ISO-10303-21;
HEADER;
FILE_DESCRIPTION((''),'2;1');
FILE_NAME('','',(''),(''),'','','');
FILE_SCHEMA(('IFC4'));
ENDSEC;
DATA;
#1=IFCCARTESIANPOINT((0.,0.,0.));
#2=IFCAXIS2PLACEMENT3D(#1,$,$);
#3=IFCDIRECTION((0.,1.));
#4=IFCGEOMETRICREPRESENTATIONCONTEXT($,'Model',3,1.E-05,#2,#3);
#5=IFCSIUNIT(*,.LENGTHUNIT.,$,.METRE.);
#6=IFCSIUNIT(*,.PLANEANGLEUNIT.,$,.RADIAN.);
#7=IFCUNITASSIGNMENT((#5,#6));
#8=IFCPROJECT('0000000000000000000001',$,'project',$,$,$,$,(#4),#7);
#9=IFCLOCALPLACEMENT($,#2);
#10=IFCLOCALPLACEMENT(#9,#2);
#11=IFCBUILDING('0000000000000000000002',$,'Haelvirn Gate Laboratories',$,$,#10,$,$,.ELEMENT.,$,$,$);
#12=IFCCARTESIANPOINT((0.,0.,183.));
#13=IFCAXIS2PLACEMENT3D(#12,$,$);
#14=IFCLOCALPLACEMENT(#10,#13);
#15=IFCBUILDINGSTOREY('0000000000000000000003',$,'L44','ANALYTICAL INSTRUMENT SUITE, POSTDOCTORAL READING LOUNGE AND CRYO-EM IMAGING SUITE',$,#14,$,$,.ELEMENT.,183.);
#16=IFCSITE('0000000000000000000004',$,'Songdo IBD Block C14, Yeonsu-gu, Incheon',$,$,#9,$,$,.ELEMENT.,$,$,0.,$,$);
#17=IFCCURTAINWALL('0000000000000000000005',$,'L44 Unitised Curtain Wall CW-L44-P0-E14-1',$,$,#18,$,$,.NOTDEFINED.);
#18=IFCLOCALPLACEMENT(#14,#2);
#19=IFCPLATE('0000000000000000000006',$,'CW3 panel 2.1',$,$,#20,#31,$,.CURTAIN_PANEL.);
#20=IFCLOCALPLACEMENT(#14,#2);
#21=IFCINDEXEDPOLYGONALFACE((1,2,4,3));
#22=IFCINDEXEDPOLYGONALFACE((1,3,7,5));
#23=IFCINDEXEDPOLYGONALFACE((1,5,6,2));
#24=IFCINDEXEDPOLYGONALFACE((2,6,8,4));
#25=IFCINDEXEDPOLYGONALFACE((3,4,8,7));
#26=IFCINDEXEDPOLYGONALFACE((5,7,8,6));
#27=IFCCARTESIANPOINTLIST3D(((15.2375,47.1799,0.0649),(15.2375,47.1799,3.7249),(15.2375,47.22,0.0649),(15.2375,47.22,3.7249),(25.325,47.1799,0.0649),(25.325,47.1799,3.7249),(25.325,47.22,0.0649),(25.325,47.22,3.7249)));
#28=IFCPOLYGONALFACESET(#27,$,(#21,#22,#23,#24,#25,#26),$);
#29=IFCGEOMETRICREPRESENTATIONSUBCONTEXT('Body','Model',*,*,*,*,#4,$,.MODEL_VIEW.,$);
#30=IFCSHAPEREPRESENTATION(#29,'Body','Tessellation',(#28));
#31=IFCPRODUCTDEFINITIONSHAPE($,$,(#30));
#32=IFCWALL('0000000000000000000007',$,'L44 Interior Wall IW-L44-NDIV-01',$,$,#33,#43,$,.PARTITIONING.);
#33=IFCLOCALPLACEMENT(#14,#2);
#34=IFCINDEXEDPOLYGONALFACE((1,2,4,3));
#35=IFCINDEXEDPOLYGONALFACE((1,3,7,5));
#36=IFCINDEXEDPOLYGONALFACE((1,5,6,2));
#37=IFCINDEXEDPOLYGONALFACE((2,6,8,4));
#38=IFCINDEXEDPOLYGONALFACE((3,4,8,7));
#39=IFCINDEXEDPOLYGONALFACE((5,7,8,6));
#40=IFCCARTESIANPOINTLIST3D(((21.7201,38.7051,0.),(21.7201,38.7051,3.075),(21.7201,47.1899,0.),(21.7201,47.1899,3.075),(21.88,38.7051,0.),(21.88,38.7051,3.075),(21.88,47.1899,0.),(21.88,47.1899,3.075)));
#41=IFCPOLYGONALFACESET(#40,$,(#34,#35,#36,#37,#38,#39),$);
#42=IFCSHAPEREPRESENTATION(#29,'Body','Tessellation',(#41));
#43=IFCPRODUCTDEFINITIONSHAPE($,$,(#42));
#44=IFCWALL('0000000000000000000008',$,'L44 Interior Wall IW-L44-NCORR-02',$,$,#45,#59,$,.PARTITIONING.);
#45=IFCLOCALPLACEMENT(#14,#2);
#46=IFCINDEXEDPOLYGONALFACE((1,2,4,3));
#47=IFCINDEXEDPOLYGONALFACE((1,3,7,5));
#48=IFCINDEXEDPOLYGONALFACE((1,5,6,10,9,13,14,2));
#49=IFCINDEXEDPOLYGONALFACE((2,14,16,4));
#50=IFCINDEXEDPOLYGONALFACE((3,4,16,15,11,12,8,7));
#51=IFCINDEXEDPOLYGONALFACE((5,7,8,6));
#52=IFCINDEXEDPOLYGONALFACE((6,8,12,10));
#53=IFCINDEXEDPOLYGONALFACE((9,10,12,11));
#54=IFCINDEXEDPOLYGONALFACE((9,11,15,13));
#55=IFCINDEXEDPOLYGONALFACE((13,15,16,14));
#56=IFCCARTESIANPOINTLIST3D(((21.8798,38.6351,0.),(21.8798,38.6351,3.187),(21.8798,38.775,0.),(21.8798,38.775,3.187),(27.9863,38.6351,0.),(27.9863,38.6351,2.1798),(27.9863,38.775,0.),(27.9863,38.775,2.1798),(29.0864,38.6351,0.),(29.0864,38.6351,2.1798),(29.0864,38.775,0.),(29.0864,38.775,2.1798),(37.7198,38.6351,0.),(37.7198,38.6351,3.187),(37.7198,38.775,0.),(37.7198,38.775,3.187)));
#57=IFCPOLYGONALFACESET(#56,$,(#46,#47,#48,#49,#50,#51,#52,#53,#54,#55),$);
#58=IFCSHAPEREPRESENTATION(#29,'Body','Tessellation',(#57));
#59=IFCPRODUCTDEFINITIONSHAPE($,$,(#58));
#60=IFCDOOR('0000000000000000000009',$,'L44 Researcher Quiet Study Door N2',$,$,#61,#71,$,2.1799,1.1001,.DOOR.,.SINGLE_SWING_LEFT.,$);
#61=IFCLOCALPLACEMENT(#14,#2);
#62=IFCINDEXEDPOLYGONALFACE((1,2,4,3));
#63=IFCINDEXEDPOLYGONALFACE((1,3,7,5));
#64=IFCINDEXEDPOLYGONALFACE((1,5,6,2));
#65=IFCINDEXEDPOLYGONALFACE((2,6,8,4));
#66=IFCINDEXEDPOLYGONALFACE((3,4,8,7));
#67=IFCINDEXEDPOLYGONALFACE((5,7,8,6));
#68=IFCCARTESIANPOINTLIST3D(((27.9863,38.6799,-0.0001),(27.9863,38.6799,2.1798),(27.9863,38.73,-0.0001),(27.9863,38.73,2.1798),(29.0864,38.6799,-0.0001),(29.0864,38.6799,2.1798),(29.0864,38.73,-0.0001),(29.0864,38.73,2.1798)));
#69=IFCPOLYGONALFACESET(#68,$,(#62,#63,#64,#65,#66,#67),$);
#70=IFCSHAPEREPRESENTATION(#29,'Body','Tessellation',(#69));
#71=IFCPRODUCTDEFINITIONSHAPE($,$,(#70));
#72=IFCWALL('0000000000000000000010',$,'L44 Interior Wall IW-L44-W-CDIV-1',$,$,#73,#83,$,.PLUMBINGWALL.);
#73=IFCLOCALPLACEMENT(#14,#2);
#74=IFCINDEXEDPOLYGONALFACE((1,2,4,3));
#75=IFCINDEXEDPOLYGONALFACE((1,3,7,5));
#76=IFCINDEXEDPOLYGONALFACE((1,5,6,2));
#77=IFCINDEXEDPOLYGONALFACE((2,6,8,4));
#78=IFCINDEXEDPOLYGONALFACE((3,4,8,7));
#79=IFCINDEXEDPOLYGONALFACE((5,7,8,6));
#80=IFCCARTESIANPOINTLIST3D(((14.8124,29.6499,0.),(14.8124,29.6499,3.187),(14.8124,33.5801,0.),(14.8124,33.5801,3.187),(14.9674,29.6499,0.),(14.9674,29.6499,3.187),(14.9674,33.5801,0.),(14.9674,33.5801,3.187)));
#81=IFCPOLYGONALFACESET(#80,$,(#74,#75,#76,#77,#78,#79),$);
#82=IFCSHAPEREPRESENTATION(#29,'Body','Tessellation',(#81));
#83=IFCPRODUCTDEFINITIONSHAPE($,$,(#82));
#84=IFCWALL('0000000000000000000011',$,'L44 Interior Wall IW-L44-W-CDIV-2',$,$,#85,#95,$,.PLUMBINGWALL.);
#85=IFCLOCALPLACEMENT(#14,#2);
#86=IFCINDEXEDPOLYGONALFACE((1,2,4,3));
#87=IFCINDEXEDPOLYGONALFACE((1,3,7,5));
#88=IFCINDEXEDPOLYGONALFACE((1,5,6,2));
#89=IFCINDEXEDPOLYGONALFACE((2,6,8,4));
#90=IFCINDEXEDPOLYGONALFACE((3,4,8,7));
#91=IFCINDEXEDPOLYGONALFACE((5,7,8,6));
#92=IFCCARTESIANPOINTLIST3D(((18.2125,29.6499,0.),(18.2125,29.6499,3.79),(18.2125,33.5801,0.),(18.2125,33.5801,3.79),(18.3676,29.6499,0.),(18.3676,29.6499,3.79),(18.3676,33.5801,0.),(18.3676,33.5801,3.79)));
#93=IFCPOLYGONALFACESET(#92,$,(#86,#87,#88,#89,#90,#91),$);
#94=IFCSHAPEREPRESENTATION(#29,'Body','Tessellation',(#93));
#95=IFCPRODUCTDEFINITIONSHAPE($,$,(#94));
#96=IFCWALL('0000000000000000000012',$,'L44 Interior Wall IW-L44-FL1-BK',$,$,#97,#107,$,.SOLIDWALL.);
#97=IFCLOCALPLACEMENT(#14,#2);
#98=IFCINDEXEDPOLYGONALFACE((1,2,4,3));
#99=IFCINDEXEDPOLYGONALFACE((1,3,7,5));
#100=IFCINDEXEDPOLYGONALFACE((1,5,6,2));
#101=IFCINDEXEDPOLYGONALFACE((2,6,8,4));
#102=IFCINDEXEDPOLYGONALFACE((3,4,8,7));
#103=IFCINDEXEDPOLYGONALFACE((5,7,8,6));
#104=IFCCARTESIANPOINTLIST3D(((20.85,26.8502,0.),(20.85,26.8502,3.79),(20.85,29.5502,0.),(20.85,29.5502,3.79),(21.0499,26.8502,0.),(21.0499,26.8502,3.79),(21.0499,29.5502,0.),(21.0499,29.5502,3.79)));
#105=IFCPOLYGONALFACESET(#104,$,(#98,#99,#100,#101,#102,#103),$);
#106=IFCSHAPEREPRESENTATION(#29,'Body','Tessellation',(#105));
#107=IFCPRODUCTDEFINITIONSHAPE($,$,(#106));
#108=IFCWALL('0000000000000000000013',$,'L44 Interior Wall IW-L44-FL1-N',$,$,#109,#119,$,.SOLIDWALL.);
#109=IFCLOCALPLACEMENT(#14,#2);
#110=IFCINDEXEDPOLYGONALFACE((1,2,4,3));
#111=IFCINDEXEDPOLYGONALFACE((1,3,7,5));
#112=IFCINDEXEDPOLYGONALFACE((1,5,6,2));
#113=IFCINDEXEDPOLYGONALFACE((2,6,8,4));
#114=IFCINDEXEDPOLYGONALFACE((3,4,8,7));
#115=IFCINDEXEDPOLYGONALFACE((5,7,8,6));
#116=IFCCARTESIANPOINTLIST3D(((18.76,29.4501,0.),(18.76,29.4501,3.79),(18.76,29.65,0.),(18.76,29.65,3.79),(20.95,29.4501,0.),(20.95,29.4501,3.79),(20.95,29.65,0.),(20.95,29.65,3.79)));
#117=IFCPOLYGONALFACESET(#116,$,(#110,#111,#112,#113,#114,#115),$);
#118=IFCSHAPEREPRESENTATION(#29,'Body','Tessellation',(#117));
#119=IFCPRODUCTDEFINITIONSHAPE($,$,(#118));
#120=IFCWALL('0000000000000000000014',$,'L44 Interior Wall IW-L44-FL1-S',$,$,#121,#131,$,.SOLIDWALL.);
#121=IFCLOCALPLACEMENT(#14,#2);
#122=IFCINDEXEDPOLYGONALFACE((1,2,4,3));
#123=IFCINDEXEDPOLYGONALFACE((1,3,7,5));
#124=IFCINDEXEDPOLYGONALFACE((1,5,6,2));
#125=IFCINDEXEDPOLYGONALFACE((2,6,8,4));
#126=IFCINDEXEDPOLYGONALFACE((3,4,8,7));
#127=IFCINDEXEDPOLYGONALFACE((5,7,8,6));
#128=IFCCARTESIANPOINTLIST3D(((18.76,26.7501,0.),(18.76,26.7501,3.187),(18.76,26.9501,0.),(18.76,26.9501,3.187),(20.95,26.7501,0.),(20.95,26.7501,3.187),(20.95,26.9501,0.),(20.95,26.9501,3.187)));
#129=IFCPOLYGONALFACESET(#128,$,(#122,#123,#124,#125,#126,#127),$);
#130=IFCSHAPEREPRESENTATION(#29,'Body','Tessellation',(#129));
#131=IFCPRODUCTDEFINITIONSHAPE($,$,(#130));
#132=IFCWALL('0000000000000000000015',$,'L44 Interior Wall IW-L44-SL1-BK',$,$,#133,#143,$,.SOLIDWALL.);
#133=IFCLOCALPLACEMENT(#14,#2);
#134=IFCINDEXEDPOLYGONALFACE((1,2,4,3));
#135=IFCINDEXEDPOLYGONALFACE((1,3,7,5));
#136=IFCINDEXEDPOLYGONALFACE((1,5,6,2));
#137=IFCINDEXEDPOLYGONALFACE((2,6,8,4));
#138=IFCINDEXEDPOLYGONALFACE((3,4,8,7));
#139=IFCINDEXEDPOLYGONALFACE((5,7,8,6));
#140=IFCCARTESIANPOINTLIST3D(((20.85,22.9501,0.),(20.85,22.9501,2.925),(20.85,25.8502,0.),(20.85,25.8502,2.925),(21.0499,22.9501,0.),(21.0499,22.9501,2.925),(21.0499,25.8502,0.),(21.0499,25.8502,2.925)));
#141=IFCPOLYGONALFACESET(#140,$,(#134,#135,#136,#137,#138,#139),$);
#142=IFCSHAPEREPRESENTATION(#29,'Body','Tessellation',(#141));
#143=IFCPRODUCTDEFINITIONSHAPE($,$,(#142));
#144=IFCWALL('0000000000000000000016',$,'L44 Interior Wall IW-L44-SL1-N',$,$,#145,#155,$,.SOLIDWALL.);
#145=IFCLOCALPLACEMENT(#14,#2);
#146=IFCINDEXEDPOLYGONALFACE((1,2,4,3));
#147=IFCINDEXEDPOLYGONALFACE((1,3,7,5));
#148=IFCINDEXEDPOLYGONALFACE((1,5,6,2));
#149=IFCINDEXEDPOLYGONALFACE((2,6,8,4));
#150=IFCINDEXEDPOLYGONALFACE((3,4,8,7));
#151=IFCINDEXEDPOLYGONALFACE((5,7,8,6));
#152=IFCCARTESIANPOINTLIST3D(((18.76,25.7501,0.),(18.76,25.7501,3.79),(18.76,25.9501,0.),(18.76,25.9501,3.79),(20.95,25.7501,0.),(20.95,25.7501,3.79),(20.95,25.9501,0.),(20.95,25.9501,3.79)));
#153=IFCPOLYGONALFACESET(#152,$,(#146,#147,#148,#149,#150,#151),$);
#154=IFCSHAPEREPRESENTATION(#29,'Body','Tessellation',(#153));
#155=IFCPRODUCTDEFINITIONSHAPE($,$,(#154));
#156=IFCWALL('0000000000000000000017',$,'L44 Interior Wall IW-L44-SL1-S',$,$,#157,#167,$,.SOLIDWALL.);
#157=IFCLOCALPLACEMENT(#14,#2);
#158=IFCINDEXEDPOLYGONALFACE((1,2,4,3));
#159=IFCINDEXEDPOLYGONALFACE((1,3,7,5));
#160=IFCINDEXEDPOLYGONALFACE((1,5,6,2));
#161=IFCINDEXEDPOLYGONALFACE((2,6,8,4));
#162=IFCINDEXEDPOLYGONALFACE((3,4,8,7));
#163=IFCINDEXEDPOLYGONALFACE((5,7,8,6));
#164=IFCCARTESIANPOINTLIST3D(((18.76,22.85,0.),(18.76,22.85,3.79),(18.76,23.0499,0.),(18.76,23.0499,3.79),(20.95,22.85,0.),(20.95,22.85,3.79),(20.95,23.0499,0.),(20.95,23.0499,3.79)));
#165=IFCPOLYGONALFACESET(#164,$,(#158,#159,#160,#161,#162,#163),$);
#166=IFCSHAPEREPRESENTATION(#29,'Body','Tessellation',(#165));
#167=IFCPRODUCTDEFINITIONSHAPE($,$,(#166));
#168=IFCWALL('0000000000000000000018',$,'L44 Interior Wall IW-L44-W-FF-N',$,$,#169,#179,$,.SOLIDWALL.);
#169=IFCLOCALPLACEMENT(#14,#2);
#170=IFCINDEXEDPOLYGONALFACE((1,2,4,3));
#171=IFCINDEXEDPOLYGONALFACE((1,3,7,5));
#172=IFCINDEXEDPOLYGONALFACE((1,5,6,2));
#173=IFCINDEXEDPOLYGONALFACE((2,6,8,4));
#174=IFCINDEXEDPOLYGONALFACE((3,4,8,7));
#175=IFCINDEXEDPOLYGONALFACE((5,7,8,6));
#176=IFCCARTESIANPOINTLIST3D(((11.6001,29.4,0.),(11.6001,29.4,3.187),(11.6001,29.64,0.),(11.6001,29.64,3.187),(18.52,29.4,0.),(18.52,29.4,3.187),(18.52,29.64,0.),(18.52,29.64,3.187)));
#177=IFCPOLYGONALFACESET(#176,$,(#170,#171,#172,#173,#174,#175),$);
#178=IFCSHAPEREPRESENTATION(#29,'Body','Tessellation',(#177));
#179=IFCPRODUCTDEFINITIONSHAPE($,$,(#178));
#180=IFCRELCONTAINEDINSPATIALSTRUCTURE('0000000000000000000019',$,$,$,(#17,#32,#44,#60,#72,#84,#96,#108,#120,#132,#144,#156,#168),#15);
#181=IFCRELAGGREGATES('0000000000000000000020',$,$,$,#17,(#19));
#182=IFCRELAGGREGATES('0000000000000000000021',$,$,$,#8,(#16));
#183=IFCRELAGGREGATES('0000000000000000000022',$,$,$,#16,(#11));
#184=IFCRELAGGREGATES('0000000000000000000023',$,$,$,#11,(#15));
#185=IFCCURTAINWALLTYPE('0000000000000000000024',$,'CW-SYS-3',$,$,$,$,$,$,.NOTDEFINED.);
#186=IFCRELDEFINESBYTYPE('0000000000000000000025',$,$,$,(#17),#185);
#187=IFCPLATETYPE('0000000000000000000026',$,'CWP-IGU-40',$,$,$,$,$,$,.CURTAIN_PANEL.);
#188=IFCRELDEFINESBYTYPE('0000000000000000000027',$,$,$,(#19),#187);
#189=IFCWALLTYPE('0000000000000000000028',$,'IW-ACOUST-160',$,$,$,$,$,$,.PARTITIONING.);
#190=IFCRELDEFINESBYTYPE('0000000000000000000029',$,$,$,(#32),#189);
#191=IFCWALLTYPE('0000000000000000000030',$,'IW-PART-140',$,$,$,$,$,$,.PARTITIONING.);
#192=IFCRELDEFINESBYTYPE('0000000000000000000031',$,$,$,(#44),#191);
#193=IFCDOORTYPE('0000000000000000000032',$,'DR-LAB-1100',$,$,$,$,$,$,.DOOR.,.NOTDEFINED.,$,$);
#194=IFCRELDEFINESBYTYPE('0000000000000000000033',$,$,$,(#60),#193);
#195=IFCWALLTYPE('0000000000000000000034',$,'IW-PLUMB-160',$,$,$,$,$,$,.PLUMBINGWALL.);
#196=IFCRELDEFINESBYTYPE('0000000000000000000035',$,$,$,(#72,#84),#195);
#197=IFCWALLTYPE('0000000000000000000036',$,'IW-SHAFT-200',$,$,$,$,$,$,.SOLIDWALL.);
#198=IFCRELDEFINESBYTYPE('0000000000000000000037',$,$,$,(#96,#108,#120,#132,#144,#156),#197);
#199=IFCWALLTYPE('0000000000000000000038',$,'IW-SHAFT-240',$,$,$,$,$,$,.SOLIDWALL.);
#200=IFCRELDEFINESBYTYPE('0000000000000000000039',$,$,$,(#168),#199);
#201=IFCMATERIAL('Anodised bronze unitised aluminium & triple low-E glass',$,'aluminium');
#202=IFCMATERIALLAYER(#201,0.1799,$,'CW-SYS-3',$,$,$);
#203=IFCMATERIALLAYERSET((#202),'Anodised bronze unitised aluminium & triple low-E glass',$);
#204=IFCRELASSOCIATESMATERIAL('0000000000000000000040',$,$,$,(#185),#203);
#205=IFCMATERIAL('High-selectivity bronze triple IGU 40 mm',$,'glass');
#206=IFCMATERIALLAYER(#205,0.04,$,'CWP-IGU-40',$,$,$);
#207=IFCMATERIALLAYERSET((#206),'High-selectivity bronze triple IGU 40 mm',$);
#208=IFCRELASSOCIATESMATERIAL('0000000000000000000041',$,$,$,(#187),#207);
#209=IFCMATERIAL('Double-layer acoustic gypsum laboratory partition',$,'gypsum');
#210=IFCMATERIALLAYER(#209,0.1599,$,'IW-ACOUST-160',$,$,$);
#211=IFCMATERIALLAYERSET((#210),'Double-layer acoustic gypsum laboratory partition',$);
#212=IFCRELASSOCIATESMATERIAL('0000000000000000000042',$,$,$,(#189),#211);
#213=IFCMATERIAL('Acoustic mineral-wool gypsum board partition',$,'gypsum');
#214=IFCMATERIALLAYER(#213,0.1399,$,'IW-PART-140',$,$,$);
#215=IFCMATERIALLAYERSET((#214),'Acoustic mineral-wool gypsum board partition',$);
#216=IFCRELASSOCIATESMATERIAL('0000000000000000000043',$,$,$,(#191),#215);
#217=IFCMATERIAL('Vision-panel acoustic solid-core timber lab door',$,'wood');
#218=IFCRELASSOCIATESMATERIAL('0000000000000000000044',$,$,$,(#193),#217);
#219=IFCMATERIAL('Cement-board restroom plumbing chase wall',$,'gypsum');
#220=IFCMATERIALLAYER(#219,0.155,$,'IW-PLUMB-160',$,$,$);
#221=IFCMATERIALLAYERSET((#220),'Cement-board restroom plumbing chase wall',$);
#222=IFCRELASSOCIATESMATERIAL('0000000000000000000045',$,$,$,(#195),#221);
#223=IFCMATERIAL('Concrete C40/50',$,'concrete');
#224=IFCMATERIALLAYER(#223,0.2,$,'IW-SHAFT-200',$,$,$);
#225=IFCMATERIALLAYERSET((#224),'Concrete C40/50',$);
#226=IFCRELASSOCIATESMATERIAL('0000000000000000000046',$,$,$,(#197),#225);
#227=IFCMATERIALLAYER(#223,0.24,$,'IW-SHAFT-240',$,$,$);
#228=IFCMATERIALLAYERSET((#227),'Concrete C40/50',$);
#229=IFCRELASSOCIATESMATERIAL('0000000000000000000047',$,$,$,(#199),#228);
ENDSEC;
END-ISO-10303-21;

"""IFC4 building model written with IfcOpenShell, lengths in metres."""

from ifc_helpers import new_model, si_unit, direction, frame, frame_2d, origin, origin_2d, place, context, subcontext, project, spatial, rectangle, extrude, source, transform, mapped, material, layer, layer_set, type_object, type_shapes, element, fill, aggregate, save


model = new_model("IFC4")

# Units and contexts
model_context = context("Model", 3, precision=1e-05, world=origin(), true_north=direction((0.0, 1.0)))
body_context = subcontext(model_context, "Body", "Model", "MODEL_VIEW")
ifc_project = project(units=[si_unit("LENGTHUNIT", "METRE"), si_unit("PLANEANGLEUNIT", "RADIAN")], contexts=[model_context])

# Site, building, storey
site_placement = place(None, origin())
site = spatial("IfcSite", under=ifc_project, at=site_placement, Name="Songdo IBD Block C14, Yeonsu-gu, Incheon", CompositionType="ELEMENT", RefElevation=0.0)
building_placement = place(site_placement, origin())
building = spatial("IfcBuilding", under=site, at=building_placement, Name="Haelvirn Gate Laboratories", CompositionType="ELEMENT")
storey_placement = place(building_placement, frame((0.0, 0.0, 183.0)))
storey = spatial("IfcBuildingStorey", under=building, at=storey_placement, Name="L44", Description="ANALYTICAL INSTRUMENT SUITE, POSTDOCTORAL READING LOUNGE AND CRYO-EM IMAGING SUITE", CompositionType="ELEMENT", Elevation=183.0)

# Curtain wall, plate
ifc_material_1 = material(Name="Anodised bronze unitised aluminium & triple low-E glass", Category="aluminium")
ifc_layer_1 = layer(ifc_material_1, 0.1799, Name="CW-SYS-3")
ifc_layer_set_1 = layer_set([ifc_layer_1], Name="Anodised bronze unitised aluminium & triple low-E glass")
curtain_wall_type = type_object("IfcCurtainWallType", Name="CW-SYS-3", PredefinedType="NOTDEFINED", material=ifc_layer_set_1)
curtain_wall_placement = place(storey_placement, origin())
curtain_wall = element("IfcCurtainWall", 1, at=curtain_wall_placement, inside=storey, type_object=curtain_wall_type, Name="L44 Unitised Curtain Wall CW-L44-P0-E14-1", PredefinedType="NOTDEFINED")
ifc_material_2 = material(Name="High-selectivity bronze triple IGU 40 mm", Category="glass")
ifc_layer_2 = layer(ifc_material_2, 0.04, Name="CWP-IGU-40")
ifc_layer_set_2 = layer_set([ifc_layer_2], Name="High-selectivity bronze triple IGU 40 mm")
plate_type = type_object("IfcPlateType", Name="CWP-IGU-40", PredefinedType="CURTAIN_PANEL", material=ifc_layer_set_2)
shared_shape_1 = source(origin(), body_context, "Body", "SweptSolid", [
    extrude(rectangle(XDim=10.0874, YDim=0.04, at=origin_2d()), origin(), (0.0, 0.0, 1.0), 3.6599),
])
type_shapes(plate_type, [shared_shape_1])
plate_placement = place(storey_placement, frame((20.2812, 47.2, 0.0649), z_axis=(0.0, 0.0, 1.0), x_axis=(1.0, 0.0, 0.0)))
plate = element("IfcPlate", 2, at=plate_placement, type_object=plate_type, Name="CW3 panel 2.1", PredefinedType="CURTAIN_PANEL", context=body_context, shape_type="MappedRepresentation", body=[
    mapped(shared_shape_1, transform((0.0, 0.0, 0.0), scale=1.0)),
])
aggregate(curtain_wall, [plate])

# Wall
ifc_material_3 = material(Name="Double-layer acoustic gypsum laboratory partition", Category="gypsum")
ifc_layer_3 = layer(ifc_material_3, 0.1599, Name="IW-ACOUST-160")
ifc_layer_set_3 = layer_set([ifc_layer_3], Name="Double-layer acoustic gypsum laboratory partition")
wall_type_1 = type_object("IfcWallType", Name="IW-ACOUST-160", PredefinedType="PARTITIONING", material=ifc_layer_set_3)
wall_1_placement = place(storey_placement, frame((21.8, 38.7051, 0.0), z_axis=(0.0, 0.0, 1.0), x_axis=(0.0, 1.0, 0.0)))
element("IfcWall", 3, at=wall_1_placement, inside=storey, type_object=wall_type_1, Name="L44 Interior Wall IW-L44-NDIV-01", PredefinedType="PARTITIONING", context=body_context, shape_type="SweptSolid", body=[
    extrude(rectangle(XDim=8.4849, YDim=0.1599, at=frame_2d((4.2424, 0.0))), origin(), (0.0, 0.0, 1.0), 3.075),
])

# Wall, opening, door
ifc_material_4 = material(Name="Acoustic mineral-wool gypsum board partition", Category="gypsum")
ifc_layer_4 = layer(ifc_material_4, 0.1399, Name="IW-PART-140")
ifc_layer_set_4 = layer_set([ifc_layer_4], Name="Acoustic mineral-wool gypsum board partition")
wall_type_2 = type_object("IfcWallType", Name="IW-PART-140", PredefinedType="PARTITIONING", material=ifc_layer_set_4)
wall_2_placement = place(storey_placement, frame((21.8799, 38.7051, 0.0), z_axis=(0.0, 0.0, 1.0), x_axis=(1.0, 0.0, 0.0)))
wall_2 = element("IfcWall", 4, at=wall_2_placement, inside=storey, type_object=wall_type_2, Name="L44 Interior Wall IW-L44-NCORR-02", PredefinedType="PARTITIONING", context=body_context, shape_type="SweptSolid", body=[
    extrude(rectangle(XDim=15.8401, YDim=0.1399, at=frame_2d((7.9199, 0.0))), origin(), (0.0, 0.0, 1.0), 3.187),
])
opening_placement = place(wall_2_placement, frame((6.1064, 0.0, 0.0)))
opening = element("IfcOpeningElement", 5, at=opening_placement, cuts=wall_2, PredefinedType="OPENING", context=body_context, shape_type="SweptSolid", body=[
    extrude(rectangle(XDim=1.1001, YDim=2.1799, at=frame_2d((0.55, 1.0898))), frame((0.0, 0.0801, 0.0), z_axis=(0.0, -1.0, 0.0), x_axis=(1.0, 0.0, 0.0)), (0.0, 0.0, 1.0), 0.1599),
])
ifc_material_5 = material(Name="Vision-panel acoustic solid-core timber lab door", Category="wood")
door_type = type_object("IfcDoorType", Name="DR-LAB-1100", OperationType="NOTDEFINED", PredefinedType="DOOR", material=ifc_material_5)
shared_shape_2 = source(origin(), body_context, "Body", "SweptSolid", [
    extrude(rectangle(XDim=1.1001, YDim=2.1799, at=frame_2d((0.55, 1.0898))), frame((0.0, 0.0249, 0.0), z_axis=(0.0, -1.0, 0.0), x_axis=(1.0, 0.0, 0.0)), (0.0, 0.0, 1.0), 0.05),
])
type_shapes(door_type, [shared_shape_2])
door_placement = place(opening_placement, origin())
door = element("IfcDoor", 6, at=door_placement, inside=storey, type_object=door_type, Name="L44 Researcher Quiet Study Door N2", OperationType="SINGLE_SWING_LEFT", OverallHeight=2.1799, OverallWidth=1.1001, PredefinedType="DOOR", context=body_context, shape_type="MappedRepresentation", body=[
    mapped(shared_shape_2, transform((0.0, 0.0, 0.0), scale=1.0)),
])
fill(opening, door)

# Walls
ifc_material_6 = material(Name="Cement-board restroom plumbing chase wall", Category="gypsum")
ifc_layer_5 = layer(ifc_material_6, 0.155, Name="IW-PLUMB-160")
ifc_layer_set_5 = layer_set([ifc_layer_5], Name="Cement-board restroom plumbing chase wall")
wall_type_3 = type_object("IfcWallType", Name="IW-PLUMB-160", PredefinedType="PLUMBINGWALL", material=ifc_layer_set_5)
wall_3_placement = place(storey_placement, frame((14.8899, 29.6499, 0.0), z_axis=(0.0, 0.0, 1.0), x_axis=(0.0, 1.0, 0.0)))
element("IfcWall", 7, at=wall_3_placement, inside=storey, type_object=wall_type_3, Name="L44 Interior Wall IW-L44-W-CDIV-1", PredefinedType="PLUMBINGWALL", context=body_context, shape_type="SweptSolid", body=[
    extrude(rectangle(XDim=3.9302, YDim=0.155, at=frame_2d((1.9651, 0.0))), origin(), (0.0, 0.0, 1.0), 3.187),
])
wall_4_placement = place(storey_placement, frame((18.29, 29.6499, 0.0), z_axis=(0.0, 0.0, 1.0), x_axis=(0.0, 1.0, 0.0)))
element("IfcWall", 8, at=wall_4_placement, inside=storey, type_object=wall_type_3, Name="L44 Interior Wall IW-L44-W-CDIV-2", PredefinedType="PLUMBINGWALL", context=body_context, shape_type="SweptSolid", body=[
    extrude(rectangle(XDim=3.9302, YDim=0.155, at=frame_2d((1.9651, 0.0))), origin(), (0.0, 0.0, 1.0), 3.79),
])
ifc_material_7 = material(Name="Concrete C40/50", Category="concrete")
ifc_layer_6 = layer(ifc_material_7, 0.2, Name="IW-SHAFT-200")
ifc_layer_set_6 = layer_set([ifc_layer_6], Name="Concrete C40/50")
wall_type_4 = type_object("IfcWallType", Name="IW-SHAFT-200", PredefinedType="SOLIDWALL", material=ifc_layer_set_6)
wall_5_placement = place(storey_placement, frame((20.95, 26.8501, 0.0), z_axis=(0.0, 0.0, 1.0), x_axis=(0.0, 1.0, 0.0)))
element("IfcWall", 9, at=wall_5_placement, inside=storey, type_object=wall_type_4, Name="L44 Interior Wall IW-L44-FL1-BK", PredefinedType="SOLIDWALL", context=body_context, shape_type="SweptSolid", body=[
    extrude(rectangle(XDim=2.7, YDim=0.2, at=frame_2d((1.3501, 0.0))), origin(), (0.0, 0.0, 1.0), 3.79),
])
wall_6_placement = place(storey_placement, frame((18.76, 29.55, 0.0), z_axis=(0.0, 0.0, 1.0), x_axis=(1.0, 0.0, 0.0)))
element("IfcWall", 10, at=wall_6_placement, inside=storey, type_object=wall_type_4, Name="L44 Interior Wall IW-L44-FL1-N", PredefinedType="SOLIDWALL", context=body_context, shape_type="SweptSolid", body=[
    extrude(rectangle(XDim=2.1899, YDim=0.2, at=frame_2d((1.095, 0.0))), origin(), (0.0, 0.0, 1.0), 3.79),
])
wall_7_placement = place(storey_placement, frame((18.76, 26.8501, 0.0), z_axis=(0.0, 0.0, 1.0), x_axis=(1.0, 0.0, 0.0)))
element("IfcWall", 11, at=wall_7_placement, inside=storey, type_object=wall_type_4, Name="L44 Interior Wall IW-L44-FL1-S", PredefinedType="SOLIDWALL", context=body_context, shape_type="SweptSolid", body=[
    extrude(rectangle(XDim=2.1899, YDim=0.2, at=frame_2d((1.095, 0.0))), origin(), (0.0, 0.0, 1.0), 3.187),
])
wall_8_placement = place(storey_placement, frame((20.95, 22.95, 0.0), z_axis=(0.0, 0.0, 1.0), x_axis=(0.0, 1.0, 0.0)))
element("IfcWall", 12, at=wall_8_placement, inside=storey, type_object=wall_type_4, Name="L44 Interior Wall IW-L44-SL1-BK", PredefinedType="SOLIDWALL", context=body_context, shape_type="SweptSolid", body=[
    extrude(rectangle(XDim=2.9001, YDim=0.2, at=frame_2d((1.4502, 0.0))), origin(), (0.0, 0.0, 1.0), 2.925),
])
for number, where, z_axis, x_axis, name in (
    (13, (18.76, 25.8501, 0.0), (0.0, 0.0, 1.0), (1.0, 0.0, 0.0), "L44 Interior Wall IW-L44-SL1-N"),
    (14, (18.76, 22.95, 0.0), (0.0, 0.0, 1.0), (1.0, 0.0, 0.0), "L44 Interior Wall IW-L44-SL1-S"),
):
    element("IfcWall", number, at=place(storey_placement, frame(where, z_axis=z_axis, x_axis=x_axis)), inside=storey, type_object=wall_type_4, Name=name, PredefinedType="SOLIDWALL", context=body_context, shape_type="SweptSolid", body=[
        extrude(rectangle(XDim=2.1899, YDim=0.2, at=frame_2d((1.095, 0.0))), origin(), (0.0, 0.0, 1.0), 3.79),
    ])
ifc_layer_7 = layer(ifc_material_7, 0.24, Name="IW-SHAFT-240")
ifc_layer_set_7 = layer_set([ifc_layer_7], Name="Concrete C40/50")
wall_type_5 = type_object("IfcWallType", Name="IW-SHAFT-240", PredefinedType="SOLIDWALL", material=ifc_layer_set_7)
wall_9_placement = place(storey_placement, frame((11.6001, 29.52, 0.0), z_axis=(0.0, 0.0, 1.0), x_axis=(1.0, 0.0, 0.0)))
element("IfcWall", 15, at=wall_9_placement, inside=storey, type_object=wall_type_5, Name="L44 Interior Wall IW-L44-W-FF-N", PredefinedType="SOLIDWALL", context=body_context, shape_type="SweptSolid", body=[
    extrude(rectangle(XDim=6.9199, YDim=0.24, at=frame_2d((3.46, 0.0))), origin(), (0.0, 0.0, 1.0), 3.187),
])

save(model, "model.ifc")
